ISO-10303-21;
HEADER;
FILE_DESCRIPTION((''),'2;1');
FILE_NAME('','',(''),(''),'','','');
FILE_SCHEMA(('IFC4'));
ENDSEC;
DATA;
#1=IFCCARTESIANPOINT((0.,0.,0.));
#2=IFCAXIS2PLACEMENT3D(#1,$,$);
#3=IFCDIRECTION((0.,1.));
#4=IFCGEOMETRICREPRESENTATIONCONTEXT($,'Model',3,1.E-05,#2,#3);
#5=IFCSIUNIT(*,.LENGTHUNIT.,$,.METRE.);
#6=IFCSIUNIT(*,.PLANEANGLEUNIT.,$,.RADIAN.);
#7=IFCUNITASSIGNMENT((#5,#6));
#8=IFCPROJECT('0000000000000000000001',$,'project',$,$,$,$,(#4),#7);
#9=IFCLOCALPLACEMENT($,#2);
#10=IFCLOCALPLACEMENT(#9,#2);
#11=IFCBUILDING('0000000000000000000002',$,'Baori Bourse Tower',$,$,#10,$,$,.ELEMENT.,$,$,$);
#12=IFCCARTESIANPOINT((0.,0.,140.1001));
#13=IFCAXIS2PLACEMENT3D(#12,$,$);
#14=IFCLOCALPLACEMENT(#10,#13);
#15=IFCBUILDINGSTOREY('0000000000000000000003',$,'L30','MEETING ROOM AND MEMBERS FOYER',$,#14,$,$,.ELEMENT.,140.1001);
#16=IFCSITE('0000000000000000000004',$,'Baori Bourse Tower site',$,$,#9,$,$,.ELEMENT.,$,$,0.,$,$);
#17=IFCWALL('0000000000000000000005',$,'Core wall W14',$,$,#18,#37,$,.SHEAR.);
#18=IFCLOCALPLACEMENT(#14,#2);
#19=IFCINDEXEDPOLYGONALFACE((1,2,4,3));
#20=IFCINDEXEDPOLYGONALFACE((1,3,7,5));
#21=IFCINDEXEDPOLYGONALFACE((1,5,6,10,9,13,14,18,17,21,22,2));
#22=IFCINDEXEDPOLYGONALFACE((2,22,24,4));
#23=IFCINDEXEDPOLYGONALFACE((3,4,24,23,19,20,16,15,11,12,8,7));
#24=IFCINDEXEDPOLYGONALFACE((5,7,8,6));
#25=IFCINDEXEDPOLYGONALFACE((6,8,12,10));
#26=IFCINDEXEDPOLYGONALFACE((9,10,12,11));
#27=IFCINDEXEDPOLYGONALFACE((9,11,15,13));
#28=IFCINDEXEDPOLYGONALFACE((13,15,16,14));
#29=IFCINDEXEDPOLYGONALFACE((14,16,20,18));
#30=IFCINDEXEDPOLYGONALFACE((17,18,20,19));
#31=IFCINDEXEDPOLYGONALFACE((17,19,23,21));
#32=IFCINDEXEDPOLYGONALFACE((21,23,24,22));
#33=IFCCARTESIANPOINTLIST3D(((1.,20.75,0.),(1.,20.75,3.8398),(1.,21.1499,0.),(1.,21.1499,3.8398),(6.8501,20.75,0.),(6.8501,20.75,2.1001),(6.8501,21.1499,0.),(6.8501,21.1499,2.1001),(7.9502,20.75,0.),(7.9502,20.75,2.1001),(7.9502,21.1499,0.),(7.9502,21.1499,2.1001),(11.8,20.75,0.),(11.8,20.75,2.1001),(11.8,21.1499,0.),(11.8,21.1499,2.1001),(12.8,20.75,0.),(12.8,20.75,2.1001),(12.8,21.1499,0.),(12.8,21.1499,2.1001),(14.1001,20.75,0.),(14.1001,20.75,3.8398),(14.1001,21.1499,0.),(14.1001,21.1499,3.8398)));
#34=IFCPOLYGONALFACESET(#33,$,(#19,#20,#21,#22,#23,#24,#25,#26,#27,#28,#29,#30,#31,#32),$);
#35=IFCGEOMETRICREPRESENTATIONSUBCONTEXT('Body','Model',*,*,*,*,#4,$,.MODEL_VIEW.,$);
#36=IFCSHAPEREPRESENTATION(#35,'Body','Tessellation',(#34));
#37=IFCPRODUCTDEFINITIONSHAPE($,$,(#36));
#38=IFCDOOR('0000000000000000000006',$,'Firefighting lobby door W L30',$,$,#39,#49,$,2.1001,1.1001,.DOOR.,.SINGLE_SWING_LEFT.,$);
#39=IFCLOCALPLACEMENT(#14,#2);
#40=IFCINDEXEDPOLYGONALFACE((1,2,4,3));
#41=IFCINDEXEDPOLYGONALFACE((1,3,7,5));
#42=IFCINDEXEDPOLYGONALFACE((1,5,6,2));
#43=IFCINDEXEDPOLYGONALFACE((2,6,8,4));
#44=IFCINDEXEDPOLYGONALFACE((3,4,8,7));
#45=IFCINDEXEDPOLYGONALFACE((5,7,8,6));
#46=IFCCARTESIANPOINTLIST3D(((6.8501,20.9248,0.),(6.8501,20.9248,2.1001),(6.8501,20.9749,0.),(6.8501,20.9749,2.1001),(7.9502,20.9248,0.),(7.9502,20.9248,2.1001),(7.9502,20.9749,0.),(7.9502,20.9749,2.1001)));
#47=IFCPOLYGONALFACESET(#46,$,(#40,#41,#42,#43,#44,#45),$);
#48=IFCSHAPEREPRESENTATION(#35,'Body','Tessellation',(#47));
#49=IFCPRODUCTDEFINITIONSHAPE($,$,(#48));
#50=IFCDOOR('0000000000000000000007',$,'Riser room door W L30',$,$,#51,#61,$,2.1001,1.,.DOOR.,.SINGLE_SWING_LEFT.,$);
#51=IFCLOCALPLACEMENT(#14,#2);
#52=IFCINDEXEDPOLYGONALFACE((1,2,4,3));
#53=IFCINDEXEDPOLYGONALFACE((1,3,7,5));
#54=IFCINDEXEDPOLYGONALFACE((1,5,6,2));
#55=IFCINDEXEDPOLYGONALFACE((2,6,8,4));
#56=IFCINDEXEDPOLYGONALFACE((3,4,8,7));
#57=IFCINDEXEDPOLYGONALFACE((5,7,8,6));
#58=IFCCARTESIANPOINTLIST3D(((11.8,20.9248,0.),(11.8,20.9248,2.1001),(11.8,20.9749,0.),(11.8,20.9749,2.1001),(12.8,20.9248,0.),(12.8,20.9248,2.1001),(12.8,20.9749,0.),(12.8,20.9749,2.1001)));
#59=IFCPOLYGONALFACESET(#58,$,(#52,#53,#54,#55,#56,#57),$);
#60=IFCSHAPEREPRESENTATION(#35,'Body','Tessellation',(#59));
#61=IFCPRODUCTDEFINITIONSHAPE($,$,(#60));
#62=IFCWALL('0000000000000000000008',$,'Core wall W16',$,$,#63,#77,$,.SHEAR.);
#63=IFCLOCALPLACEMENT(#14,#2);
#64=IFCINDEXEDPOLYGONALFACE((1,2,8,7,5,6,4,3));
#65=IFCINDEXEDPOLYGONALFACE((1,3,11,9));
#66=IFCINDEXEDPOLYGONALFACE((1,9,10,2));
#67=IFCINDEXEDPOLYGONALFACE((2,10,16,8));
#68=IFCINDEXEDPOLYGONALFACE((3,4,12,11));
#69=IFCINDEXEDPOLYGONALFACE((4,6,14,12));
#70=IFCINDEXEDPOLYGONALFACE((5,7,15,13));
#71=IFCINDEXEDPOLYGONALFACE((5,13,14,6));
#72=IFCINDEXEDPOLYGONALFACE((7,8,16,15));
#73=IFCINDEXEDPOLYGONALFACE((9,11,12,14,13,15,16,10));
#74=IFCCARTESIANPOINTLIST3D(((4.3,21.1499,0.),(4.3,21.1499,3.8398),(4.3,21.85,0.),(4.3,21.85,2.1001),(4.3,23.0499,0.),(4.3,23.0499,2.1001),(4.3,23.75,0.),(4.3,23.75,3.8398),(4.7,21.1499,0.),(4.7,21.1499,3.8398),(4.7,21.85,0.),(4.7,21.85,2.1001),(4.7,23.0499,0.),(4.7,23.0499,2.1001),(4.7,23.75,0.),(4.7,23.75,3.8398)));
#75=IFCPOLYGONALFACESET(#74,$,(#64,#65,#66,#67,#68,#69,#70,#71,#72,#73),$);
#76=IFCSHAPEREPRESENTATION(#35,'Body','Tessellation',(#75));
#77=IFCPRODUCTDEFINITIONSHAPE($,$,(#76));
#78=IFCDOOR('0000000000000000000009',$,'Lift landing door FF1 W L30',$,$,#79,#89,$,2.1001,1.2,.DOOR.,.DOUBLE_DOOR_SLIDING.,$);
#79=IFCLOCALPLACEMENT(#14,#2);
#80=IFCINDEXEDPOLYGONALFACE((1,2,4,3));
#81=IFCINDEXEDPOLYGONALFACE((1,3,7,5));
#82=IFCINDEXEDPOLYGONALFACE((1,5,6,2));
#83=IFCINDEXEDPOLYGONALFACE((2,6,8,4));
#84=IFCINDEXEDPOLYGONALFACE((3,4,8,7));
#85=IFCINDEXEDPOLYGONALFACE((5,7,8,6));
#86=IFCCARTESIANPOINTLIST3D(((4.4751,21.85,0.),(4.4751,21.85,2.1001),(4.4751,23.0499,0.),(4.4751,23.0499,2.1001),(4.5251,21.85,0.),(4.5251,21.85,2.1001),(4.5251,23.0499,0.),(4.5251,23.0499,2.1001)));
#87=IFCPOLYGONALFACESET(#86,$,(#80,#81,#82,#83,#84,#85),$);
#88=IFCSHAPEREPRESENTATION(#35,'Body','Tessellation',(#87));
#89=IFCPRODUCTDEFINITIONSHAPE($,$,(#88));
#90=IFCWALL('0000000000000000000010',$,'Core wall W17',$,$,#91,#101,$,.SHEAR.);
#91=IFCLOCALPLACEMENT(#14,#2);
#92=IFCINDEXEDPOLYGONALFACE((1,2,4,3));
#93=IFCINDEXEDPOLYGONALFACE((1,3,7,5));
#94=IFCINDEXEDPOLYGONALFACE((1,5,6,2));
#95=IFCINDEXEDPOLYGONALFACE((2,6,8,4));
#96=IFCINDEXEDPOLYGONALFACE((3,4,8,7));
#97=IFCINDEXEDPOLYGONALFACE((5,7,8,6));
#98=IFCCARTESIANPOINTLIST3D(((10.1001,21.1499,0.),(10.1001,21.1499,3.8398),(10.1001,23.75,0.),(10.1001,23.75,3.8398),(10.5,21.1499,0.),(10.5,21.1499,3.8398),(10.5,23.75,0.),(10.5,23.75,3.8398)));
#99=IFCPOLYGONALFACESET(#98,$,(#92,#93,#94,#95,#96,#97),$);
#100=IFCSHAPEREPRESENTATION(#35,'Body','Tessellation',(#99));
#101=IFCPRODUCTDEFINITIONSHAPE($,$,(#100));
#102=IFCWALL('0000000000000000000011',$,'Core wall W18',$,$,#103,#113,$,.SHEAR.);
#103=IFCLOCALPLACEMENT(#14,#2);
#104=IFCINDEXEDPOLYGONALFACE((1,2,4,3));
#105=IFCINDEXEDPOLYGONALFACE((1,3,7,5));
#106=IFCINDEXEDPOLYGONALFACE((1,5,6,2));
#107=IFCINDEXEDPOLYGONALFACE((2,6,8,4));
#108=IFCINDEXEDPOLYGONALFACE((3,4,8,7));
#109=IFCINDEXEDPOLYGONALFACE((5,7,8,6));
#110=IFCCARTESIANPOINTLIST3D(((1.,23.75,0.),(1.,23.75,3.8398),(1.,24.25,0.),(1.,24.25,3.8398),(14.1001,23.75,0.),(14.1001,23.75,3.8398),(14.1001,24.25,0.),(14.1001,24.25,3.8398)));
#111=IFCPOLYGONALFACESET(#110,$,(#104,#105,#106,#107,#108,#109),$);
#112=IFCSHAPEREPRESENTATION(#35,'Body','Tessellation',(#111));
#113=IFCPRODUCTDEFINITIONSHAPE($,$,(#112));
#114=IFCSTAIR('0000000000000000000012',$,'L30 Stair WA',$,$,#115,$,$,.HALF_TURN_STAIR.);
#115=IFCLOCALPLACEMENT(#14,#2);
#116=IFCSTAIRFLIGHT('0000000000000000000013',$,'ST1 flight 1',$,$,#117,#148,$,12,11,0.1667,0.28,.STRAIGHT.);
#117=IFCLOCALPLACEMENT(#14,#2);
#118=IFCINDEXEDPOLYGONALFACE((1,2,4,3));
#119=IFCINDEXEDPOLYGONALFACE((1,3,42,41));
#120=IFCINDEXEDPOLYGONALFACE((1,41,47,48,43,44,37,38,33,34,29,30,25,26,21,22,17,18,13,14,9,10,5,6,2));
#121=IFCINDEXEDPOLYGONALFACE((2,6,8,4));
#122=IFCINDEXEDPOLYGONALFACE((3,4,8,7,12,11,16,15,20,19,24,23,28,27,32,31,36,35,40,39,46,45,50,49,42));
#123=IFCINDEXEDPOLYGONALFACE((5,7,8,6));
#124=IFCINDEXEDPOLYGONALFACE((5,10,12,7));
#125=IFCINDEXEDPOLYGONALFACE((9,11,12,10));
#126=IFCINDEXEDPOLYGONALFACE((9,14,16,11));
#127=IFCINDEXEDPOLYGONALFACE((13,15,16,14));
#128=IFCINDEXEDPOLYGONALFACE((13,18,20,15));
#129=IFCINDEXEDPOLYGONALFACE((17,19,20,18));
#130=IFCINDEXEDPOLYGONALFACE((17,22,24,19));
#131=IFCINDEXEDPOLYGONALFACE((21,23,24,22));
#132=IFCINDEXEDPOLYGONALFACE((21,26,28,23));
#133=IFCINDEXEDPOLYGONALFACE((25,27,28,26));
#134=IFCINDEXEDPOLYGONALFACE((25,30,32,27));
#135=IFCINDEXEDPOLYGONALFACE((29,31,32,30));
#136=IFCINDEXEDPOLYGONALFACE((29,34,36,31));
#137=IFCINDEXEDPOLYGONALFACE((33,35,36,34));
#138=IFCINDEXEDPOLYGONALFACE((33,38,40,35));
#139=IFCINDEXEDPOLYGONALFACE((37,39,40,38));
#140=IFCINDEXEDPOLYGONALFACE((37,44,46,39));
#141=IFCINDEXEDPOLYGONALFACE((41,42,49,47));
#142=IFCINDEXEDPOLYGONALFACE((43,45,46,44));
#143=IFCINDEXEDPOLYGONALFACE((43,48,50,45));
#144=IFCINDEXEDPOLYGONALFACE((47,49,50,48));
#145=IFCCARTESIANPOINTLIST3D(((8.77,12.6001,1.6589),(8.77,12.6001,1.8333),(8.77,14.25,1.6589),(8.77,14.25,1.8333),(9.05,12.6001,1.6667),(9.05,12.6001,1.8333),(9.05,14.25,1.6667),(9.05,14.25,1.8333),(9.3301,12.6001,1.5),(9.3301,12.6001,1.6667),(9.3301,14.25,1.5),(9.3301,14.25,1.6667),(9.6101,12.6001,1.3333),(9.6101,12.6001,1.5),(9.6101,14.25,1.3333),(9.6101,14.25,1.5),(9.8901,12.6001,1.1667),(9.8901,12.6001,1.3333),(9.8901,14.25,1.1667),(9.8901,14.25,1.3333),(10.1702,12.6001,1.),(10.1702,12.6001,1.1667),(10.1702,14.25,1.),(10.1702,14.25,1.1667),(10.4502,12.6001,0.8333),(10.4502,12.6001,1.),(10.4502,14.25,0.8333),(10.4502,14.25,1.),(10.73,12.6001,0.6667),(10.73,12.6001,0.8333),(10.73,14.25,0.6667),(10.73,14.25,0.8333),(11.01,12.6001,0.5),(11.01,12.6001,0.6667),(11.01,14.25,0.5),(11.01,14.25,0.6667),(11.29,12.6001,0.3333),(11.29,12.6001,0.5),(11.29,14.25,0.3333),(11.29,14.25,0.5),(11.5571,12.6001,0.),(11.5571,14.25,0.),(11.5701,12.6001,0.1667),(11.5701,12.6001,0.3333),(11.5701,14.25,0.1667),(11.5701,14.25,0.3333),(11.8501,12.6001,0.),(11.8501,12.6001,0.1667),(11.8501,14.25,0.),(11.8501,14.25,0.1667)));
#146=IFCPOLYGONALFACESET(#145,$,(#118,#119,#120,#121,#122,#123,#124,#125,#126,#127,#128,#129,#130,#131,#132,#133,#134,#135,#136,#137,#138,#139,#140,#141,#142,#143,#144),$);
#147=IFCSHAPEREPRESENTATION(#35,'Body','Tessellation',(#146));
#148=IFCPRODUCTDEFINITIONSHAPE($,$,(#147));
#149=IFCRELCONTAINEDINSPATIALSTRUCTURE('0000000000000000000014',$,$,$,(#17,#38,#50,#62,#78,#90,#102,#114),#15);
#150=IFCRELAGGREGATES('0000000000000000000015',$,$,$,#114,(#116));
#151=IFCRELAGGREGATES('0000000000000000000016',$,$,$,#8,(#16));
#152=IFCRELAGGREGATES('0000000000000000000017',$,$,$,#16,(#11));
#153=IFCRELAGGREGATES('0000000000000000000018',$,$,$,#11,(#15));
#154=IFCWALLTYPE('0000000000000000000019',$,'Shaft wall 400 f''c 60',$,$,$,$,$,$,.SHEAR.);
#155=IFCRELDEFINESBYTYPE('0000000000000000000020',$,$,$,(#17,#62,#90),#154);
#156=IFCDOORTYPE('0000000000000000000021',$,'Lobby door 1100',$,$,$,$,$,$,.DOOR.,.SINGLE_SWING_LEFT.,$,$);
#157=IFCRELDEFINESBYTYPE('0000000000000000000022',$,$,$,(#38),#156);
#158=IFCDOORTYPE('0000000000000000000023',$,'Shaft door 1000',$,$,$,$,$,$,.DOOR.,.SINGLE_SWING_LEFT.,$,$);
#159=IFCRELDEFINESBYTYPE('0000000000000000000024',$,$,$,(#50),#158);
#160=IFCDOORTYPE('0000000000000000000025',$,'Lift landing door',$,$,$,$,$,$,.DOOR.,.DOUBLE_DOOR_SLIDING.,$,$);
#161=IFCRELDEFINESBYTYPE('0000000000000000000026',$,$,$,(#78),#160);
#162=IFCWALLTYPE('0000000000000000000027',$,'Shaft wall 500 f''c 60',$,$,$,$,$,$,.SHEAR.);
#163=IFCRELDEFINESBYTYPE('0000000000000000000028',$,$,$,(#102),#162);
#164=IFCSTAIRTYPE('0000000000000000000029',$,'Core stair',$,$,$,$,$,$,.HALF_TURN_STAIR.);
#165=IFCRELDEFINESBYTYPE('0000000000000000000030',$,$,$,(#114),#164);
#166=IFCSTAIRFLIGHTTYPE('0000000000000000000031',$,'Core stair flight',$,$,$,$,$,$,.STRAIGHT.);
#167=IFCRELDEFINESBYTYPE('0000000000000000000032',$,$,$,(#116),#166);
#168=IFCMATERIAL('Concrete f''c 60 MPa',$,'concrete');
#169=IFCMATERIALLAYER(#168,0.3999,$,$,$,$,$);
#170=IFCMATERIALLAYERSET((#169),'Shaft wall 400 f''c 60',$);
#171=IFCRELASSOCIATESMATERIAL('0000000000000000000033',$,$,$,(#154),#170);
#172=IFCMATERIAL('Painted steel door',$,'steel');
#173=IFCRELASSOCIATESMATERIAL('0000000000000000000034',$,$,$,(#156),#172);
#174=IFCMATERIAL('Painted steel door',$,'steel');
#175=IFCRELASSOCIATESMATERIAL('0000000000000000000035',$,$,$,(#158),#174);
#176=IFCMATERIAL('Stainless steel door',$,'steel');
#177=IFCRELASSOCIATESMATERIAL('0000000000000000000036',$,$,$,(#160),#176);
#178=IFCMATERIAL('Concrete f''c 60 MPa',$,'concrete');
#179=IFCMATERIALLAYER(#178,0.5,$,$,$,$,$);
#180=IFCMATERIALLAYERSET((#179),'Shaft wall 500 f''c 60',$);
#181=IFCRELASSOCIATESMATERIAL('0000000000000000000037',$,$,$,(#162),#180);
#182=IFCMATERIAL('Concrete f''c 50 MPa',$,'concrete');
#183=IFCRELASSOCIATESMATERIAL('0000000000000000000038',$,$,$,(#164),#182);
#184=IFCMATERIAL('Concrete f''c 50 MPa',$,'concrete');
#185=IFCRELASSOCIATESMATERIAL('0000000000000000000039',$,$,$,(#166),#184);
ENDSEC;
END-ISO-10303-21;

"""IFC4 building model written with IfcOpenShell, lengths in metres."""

from ifc_helpers import new_model, si_unit, direction, frame, frame_2d, origin, place, context, subcontext, project, spatial, polyline, rectangle, outline, extrude, material, layer, layer_set, type_object, element, fill, aggregate, save


model = new_model("IFC4")

# Units and contexts
model_context = context("Model", 3, precision=1e-05, world=origin(), true_north=direction((0.0, 1.0)))
body_context = subcontext(model_context, "Body", "Model", "MODEL_VIEW")
ifc_project = project(units=[si_unit("LENGTHUNIT", "METRE"), si_unit("PLANEANGLEUNIT", "RADIAN")], contexts=[model_context])

# Site, building, storey
site_placement = place(None, origin())
site = spatial("IfcSite", under=ifc_project, at=site_placement, Name="Baori Bourse Tower site", CompositionType="ELEMENT", RefElevation=0.0)
building_placement = place(site_placement, origin())
building = spatial("IfcBuilding", under=site, at=building_placement, Name="Baori Bourse Tower", CompositionType="ELEMENT")
storey_placement = place(building_placement, frame((0.0, 0.0, 140.1001)))
storey = spatial("IfcBuildingStorey", under=building, at=storey_placement, Name="L30", Description="MEETING ROOM AND MEMBERS FOYER", CompositionType="ELEMENT", Elevation=140.1001)

# Shared definitions
ifc_material_1 = material(Name="Concrete f'c 60 MPa", Category="concrete")
ifc_layer_1 = layer(ifc_material_1, 0.3999)
ifc_layer_set_1 = layer_set([ifc_layer_1], Name="Shaft wall 400 f'c 60")
wall_type_1 = type_object("IfcWallType", Name="Shaft wall 400 f'c 60", PredefinedType="SHEAR", material=ifc_layer_set_1)

# Wall, openings, doors
wall_1_placement = place(storey_placement, frame((1.0, 20.95, 0.0), z_axis=(0.0, 0.0, 1.0), x_axis=(1.0, 0.0, 0.0)))
wall_1 = element("IfcWall", 1, at=wall_1_placement, inside=storey, type_object=wall_type_1, Name="Core wall W14", PredefinedType="SHEAR", context=body_context, shape_type="SweptSolid", body=[
    extrude(rectangle(XDim=13.1001, YDim=0.3999, at=frame_2d((6.55, 0.0))), origin(), (0.0, 0.0, 1.0), 3.8398),
])
opening_1_placement = place(wall_1_placement, frame((5.8501, 0.0, 0.0)))
opening_1 = element("IfcOpeningElement", 2, at=opening_1_placement, cuts=wall_1, PredefinedType="OPENING", context=body_context, shape_type="SweptSolid", body=[
    extrude(rectangle(XDim=1.1001, YDim=2.1001, at=frame_2d((0.55, 1.05))), frame((0.0, 0.21, 0.0), z_axis=(0.0, -1.0, 0.0), x_axis=(1.0, 0.0, 0.0)), (0.0, 0.0, 1.0), 0.4199),
])
opening_2_placement = place(wall_1_placement, frame((10.8, 0.0, 0.0)))
opening_2 = element("IfcOpeningElement", 3, at=opening_2_placement, cuts=wall_1, PredefinedType="OPENING", context=body_context, shape_type="SweptSolid", body=[
    extrude(rectangle(XDim=1.0, YDim=2.1001, at=frame_2d((0.5, 1.05))), frame((0.0, 0.21, 0.0), z_axis=(0.0, -1.0, 0.0), x_axis=(1.0, 0.0, 0.0)), (0.0, 0.0, 1.0), 0.4199),
])
ifc_material_2 = material(Name="Painted steel door", Category="steel")
door_type_1 = type_object("IfcDoorType", Name="Lobby door 1100", OperationType="SINGLE_SWING_LEFT", PredefinedType="DOOR", material=ifc_material_2)
door_1_placement = place(opening_1_placement, origin())
door_1 = element("IfcDoor", 4, at=door_1_placement, inside=storey, type_object=door_type_1, Name="Firefighting lobby door W L30", OperationType="SINGLE_SWING_LEFT", OverallHeight=2.1001, OverallWidth=1.1001, PredefinedType="DOOR", context=body_context, shape_type="SweptSolid", body=[
    extrude(rectangle(XDim=1.1001, YDim=2.1001, at=frame_2d((0.55, 1.05))), frame((0.0, 0.0249, 0.0), z_axis=(0.0, -1.0, 0.0), x_axis=(1.0, 0.0, 0.0)), (0.0, 0.0, 1.0), 0.05),
])
fill(opening_1, door_1)
ifc_material_3 = material(Name="Painted steel door", Category="steel")
door_type_2 = type_object("IfcDoorType", Name="Shaft door 1000", OperationType="SINGLE_SWING_LEFT", PredefinedType="DOOR", material=ifc_material_3)
door_2_placement = place(opening_2_placement, origin())
door_2 = element("IfcDoor", 5, at=door_2_placement, inside=storey, type_object=door_type_2, Name="Riser room door W L30", OperationType="SINGLE_SWING_LEFT", OverallHeight=2.1001, OverallWidth=1.0, PredefinedType="DOOR", context=body_context, shape_type="SweptSolid", body=[
    extrude(rectangle(XDim=1.0, YDim=2.1001, at=frame_2d((0.5, 1.05))), frame((0.0, 0.0249, 0.0), z_axis=(0.0, -1.0, 0.0), x_axis=(1.0, 0.0, 0.0)), (0.0, 0.0, 1.0), 0.05),
])
fill(opening_2, door_2)

# Wall, opening, door
wall_2_placement = place(storey_placement, frame((4.5, 21.1499, 0.0), z_axis=(0.0, 0.0, 1.0), x_axis=(0.0, 1.0, 0.0)))
wall_2 = element("IfcWall", 6, at=wall_2_placement, inside=storey, type_object=wall_type_1, Name="Core wall W16", PredefinedType="SHEAR", context=body_context, shape_type="SweptSolid", body=[
    extrude(rectangle(XDim=2.6001, YDim=0.3999, at=frame_2d((1.3, 0.0))), origin(), (0.0, 0.0, 1.0), 3.8398),
])
opening_3_placement = place(wall_2_placement, frame((0.7, 0.0, 0.0)))
opening_3 = element("IfcOpeningElement", 7, at=opening_3_placement, cuts=wall_2, PredefinedType="OPENING", context=body_context, shape_type="SweptSolid", body=[
    extrude(rectangle(XDim=1.2, YDim=2.1001, at=frame_2d((0.6001, 1.05))), frame((0.0, 0.21, 0.0), z_axis=(0.0, -1.0, 0.0), x_axis=(1.0, 0.0, 0.0)), (0.0, 0.0, 1.0), 0.4199),
])
ifc_material_4 = material(Name="Stainless steel door", Category="steel")
door_type_3 = type_object("IfcDoorType", Name="Lift landing door", OperationType="DOUBLE_DOOR_SLIDING", PredefinedType="DOOR", material=ifc_material_4)
door_3_placement = place(opening_3_placement, origin())
door_3 = element("IfcDoor", 8, at=door_3_placement, inside=storey, type_object=door_type_3, Name="Lift landing door FF1 W L30", OperationType="DOUBLE_DOOR_SLIDING", OverallHeight=2.1001, OverallWidth=1.2, PredefinedType="DOOR", context=body_context, shape_type="SweptSolid", body=[
    extrude(rectangle(XDim=1.2, YDim=2.1001, at=frame_2d((0.6001, 1.05))), frame((0.0, 0.0249, 0.0), z_axis=(0.0, -1.0, 0.0), x_axis=(1.0, 0.0, 0.0)), (0.0, 0.0, 1.0), 0.05),
])
fill(opening_3, door_3)

# Walls
wall_3_placement = place(storey_placement, frame((10.3, 21.1499, 0.0), z_axis=(0.0, 0.0, 1.0), x_axis=(0.0, 1.0, 0.0)))
element("IfcWall", 9, at=wall_3_placement, inside=storey, type_object=wall_type_1, Name="Core wall W17", PredefinedType="SHEAR", context=body_context, shape_type="SweptSolid", body=[
    extrude(rectangle(XDim=2.6001, YDim=0.3999, at=frame_2d((1.3, 0.0))), origin(), (0.0, 0.0, 1.0), 3.8398),
])
ifc_material_5 = material(Name="Concrete f'c 60 MPa", Category="concrete")
ifc_layer_2 = layer(ifc_material_5, 0.5)
ifc_layer_set_2 = layer_set([ifc_layer_2], Name="Shaft wall 500 f'c 60")
wall_type_2 = type_object("IfcWallType", Name="Shaft wall 500 f'c 60", PredefinedType="SHEAR", material=ifc_layer_set_2)
wall_4_placement = place(storey_placement, frame((1.0, 24.0, 0.0), z_axis=(0.0, 0.0, 1.0), x_axis=(1.0, 0.0, 0.0)))
element("IfcWall", 10, at=wall_4_placement, inside=storey, type_object=wall_type_2, Name="Core wall W18", PredefinedType="SHEAR", context=body_context, shape_type="SweptSolid", body=[
    extrude(rectangle(XDim=13.1001, YDim=0.5, at=frame_2d((6.55, 0.0))), origin(), (0.0, 0.0, 1.0), 3.8398),
])

# Stair, stair flight
ifc_material_6 = material(Name="Concrete f'c 50 MPa", Category="concrete")
stair_type = type_object("IfcStairType", Name="Core stair", PredefinedType="HALF_TURN_STAIR", material=ifc_material_6)
stair_placement = place(storey_placement, origin())
stair = element("IfcStair", 11, at=stair_placement, inside=storey, type_object=stair_type, Name="L30 Stair WA", PredefinedType="HALF_TURN_STAIR")
ifc_material_7 = material(Name="Concrete f'c 50 MPa", Category="concrete")
stair_flight_type = type_object("IfcStairFlightType", Name="Core stair flight", PredefinedType="STRAIGHT", material=ifc_material_7)
stair_flight_1_placement = place(storey_placement, frame((11.8501, 13.425, 0.0), z_axis=(0.0, 0.0, 1.0), x_axis=(-1.0, 0.0, 0.0)))
stair_flight_1 = element("IfcStairFlight", 12, at=stair_flight_1_placement, type_object=stair_flight_type, Name="ST1 flight 1", NumberOfRisers=12, NumberOfTreads=11, PredefinedType="STRAIGHT", RiserHeight=0.1667, TreadLength=0.28, context=body_context, shape_type="SweptSolid", body=[
    extrude(outline(polyline([(0.0, 0.0), (0.0, 0.1667), (0.28, 0.1667), (0.28, 0.3333), (0.5601, 0.3333), (0.5601, 0.5), (0.8401, 0.5), (0.8401, 0.6667), (1.1201, 0.6667), (1.1201, 0.8333), (1.3999, 0.8333), (1.3999, 1.0), (1.6799, 1.0), (1.6799, 1.1667), (1.96, 1.1667), (1.96, 1.3333), (2.24, 1.3333), (2.24, 1.5), (2.52, 1.5), (2.52, 1.6667), (2.8, 1.6667), (2.8, 1.8333), (3.0801, 1.8333), (3.0801, 2.0), (3.0801, 1.6589), (0.293, 0.0), (0.0, 0.0)])), frame((0.0, 0.825, 0.0), z_axis=(0.0, -1.0, 0.0), x_axis=(1.0, 0.0, 0.0)), (0.0, 0.0, 1.0), 1.6499),
])
aggregate(stair, [stair_flight_1])

save(model, "model.ifc")
